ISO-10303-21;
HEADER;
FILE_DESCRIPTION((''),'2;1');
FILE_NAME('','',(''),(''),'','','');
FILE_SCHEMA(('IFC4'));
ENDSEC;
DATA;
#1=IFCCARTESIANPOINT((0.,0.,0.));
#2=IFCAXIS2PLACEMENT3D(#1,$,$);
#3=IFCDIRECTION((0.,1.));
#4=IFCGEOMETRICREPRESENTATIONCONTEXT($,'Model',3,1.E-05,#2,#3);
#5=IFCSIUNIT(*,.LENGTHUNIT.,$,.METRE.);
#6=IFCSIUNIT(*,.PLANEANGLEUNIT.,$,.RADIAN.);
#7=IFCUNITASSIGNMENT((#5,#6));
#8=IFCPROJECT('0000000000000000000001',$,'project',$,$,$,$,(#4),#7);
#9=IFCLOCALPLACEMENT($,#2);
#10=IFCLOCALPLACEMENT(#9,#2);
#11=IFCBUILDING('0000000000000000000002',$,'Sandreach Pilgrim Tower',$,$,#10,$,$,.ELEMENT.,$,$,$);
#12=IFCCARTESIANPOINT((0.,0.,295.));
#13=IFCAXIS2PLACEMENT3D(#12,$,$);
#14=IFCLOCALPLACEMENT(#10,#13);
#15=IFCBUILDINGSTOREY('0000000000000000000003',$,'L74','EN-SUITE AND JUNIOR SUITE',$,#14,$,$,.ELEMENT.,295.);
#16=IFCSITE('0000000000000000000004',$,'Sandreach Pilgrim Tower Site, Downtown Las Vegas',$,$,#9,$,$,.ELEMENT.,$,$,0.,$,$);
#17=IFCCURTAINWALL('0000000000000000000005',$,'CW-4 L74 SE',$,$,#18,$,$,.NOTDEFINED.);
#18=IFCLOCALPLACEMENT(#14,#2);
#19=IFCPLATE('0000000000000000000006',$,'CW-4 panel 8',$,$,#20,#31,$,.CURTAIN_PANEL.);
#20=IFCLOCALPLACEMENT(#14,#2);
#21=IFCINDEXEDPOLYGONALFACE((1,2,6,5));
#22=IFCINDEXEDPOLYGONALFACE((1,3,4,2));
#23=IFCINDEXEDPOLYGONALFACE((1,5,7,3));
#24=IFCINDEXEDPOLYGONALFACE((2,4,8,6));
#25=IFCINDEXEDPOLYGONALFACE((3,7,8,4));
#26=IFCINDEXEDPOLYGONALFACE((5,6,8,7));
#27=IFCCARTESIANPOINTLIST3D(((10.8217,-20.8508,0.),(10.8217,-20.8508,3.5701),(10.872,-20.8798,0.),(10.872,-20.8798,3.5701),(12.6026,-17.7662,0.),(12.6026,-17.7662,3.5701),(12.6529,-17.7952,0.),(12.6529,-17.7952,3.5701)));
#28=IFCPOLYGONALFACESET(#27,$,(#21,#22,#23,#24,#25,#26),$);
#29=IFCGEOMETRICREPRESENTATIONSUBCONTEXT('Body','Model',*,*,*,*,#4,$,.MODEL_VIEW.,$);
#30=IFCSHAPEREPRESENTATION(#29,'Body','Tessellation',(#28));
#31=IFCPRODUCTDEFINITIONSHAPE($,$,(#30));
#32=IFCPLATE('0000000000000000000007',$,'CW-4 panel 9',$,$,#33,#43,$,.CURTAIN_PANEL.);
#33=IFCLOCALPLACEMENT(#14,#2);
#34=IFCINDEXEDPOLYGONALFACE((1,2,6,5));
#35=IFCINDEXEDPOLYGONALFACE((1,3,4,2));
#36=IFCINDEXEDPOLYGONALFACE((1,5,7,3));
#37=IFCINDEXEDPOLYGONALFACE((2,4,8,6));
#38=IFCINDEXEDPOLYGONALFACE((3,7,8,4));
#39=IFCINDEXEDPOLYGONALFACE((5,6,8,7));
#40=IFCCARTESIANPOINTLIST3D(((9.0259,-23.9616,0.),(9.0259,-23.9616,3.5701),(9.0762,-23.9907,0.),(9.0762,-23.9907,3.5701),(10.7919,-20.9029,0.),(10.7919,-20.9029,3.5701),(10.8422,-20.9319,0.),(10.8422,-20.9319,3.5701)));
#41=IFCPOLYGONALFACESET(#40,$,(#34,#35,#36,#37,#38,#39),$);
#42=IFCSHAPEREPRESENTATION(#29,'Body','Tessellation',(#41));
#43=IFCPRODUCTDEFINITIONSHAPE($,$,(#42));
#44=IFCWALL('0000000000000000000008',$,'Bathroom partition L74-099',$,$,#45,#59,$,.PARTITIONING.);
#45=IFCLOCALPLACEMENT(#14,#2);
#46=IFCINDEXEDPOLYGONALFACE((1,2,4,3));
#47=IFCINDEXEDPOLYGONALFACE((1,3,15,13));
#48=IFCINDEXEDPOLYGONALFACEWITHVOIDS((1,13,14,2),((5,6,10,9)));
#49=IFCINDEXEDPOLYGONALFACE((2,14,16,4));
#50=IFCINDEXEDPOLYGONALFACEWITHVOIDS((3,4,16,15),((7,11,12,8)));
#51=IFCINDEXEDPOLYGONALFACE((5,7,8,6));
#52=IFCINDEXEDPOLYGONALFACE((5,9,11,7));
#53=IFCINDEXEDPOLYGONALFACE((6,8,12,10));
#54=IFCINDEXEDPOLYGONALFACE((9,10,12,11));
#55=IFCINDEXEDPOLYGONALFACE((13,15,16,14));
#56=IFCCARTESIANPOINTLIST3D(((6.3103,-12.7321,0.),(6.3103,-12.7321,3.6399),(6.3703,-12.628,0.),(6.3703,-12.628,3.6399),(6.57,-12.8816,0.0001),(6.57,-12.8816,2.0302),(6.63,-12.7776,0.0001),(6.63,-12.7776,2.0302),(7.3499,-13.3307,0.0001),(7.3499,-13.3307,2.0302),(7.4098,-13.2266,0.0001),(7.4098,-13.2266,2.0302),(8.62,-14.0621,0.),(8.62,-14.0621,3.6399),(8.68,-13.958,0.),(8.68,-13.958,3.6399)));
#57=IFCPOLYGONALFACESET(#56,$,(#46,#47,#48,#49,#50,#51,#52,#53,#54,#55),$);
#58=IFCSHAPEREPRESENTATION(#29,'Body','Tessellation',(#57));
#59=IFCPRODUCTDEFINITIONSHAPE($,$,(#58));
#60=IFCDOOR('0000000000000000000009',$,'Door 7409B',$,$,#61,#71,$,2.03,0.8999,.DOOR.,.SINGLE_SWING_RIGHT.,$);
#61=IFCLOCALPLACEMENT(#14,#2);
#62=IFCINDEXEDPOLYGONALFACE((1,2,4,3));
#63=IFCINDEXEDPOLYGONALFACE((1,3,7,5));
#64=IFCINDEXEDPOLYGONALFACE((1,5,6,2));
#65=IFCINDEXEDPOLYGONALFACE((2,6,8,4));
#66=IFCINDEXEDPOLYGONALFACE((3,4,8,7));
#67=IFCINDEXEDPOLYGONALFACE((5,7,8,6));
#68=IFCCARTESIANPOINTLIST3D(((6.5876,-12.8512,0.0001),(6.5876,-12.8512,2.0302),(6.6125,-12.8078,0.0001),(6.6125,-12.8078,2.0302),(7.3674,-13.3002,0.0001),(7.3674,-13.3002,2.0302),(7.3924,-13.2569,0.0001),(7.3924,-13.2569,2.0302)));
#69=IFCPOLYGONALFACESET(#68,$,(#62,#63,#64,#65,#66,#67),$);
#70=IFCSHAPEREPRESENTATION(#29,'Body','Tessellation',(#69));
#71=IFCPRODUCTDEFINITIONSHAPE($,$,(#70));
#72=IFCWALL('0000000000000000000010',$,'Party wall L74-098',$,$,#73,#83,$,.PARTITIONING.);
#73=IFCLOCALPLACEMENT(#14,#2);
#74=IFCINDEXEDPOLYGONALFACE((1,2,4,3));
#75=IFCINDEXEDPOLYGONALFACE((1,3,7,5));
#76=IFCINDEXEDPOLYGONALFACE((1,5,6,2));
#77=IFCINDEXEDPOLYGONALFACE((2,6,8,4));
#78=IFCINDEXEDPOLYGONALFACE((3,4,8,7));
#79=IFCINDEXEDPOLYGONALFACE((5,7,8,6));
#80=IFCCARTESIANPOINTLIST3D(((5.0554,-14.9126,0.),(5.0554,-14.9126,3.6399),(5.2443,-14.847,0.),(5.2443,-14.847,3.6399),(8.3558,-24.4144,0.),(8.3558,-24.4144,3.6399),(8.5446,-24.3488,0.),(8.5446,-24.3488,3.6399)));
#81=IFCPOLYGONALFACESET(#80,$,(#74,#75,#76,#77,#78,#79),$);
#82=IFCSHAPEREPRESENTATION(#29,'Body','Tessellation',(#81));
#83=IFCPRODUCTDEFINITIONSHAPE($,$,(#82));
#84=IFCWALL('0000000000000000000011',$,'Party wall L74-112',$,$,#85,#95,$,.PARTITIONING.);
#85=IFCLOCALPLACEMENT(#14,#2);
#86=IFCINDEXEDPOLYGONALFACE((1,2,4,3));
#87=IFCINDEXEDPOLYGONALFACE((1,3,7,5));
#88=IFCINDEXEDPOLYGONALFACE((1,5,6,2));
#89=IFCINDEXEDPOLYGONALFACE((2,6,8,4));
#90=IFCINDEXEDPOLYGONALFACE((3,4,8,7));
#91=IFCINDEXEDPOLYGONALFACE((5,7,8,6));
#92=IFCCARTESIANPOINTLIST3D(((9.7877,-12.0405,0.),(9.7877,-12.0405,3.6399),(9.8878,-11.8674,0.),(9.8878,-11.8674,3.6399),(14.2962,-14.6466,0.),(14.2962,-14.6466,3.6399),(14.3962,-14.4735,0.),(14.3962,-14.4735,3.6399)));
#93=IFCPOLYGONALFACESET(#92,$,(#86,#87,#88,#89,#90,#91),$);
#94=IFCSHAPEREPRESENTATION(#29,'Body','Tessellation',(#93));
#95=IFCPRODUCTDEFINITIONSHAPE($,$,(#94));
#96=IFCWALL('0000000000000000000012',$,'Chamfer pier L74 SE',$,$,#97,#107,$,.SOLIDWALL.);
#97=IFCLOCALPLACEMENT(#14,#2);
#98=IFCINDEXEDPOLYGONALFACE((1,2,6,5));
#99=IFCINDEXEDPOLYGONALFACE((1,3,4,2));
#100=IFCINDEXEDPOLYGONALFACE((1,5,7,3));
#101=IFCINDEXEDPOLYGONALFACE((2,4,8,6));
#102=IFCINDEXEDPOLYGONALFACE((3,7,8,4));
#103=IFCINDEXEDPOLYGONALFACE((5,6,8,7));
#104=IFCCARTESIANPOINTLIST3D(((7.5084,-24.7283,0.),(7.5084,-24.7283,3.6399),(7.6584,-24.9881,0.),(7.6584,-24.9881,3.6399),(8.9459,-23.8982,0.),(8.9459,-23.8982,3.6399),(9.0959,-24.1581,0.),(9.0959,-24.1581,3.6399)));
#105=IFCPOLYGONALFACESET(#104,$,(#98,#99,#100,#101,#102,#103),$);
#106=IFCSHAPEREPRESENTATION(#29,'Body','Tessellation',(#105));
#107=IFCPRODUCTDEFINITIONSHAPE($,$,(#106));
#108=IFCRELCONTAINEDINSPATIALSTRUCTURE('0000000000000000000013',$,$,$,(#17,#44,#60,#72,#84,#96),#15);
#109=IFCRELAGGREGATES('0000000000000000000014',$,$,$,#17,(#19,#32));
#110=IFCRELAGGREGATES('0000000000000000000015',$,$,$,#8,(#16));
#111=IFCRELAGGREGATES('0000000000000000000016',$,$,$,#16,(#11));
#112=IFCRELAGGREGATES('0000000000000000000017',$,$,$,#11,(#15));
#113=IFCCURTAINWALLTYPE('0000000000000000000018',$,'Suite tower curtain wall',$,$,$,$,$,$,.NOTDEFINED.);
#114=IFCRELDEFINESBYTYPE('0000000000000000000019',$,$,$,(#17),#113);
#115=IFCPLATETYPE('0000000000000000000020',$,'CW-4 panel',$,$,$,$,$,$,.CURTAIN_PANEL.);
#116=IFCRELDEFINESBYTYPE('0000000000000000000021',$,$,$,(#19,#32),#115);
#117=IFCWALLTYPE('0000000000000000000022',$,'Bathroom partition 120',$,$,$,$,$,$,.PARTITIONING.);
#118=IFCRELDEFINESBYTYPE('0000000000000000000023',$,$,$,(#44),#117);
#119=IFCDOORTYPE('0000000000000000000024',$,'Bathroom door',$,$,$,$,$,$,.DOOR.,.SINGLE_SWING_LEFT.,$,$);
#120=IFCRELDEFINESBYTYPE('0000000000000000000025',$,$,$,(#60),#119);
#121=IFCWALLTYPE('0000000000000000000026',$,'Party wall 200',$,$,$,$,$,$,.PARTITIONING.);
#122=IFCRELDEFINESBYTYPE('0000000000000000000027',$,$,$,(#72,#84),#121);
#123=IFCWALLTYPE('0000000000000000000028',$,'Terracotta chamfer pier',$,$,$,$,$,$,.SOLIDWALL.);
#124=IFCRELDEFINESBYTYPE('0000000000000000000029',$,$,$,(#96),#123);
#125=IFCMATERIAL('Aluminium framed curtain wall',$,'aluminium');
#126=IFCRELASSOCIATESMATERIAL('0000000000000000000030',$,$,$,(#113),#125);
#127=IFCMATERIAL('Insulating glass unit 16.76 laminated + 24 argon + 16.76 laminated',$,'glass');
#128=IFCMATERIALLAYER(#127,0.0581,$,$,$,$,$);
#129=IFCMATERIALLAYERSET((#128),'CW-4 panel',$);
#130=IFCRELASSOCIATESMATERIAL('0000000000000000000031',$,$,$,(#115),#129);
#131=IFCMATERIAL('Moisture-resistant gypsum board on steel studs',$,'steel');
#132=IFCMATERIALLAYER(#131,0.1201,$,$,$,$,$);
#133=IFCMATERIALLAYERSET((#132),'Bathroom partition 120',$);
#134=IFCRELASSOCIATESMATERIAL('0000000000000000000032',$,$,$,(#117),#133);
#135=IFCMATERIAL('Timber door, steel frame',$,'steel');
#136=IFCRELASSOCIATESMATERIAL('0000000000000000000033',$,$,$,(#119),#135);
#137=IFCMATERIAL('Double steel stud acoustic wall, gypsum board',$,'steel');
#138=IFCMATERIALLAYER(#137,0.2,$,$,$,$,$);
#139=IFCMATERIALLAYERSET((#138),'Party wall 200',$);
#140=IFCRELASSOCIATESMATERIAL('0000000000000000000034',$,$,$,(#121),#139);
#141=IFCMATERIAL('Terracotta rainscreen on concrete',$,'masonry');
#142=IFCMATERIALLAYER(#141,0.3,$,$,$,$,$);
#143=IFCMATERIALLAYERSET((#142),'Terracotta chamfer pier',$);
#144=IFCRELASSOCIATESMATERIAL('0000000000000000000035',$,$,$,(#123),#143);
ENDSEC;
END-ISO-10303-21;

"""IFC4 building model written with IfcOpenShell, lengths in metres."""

from ifc_helpers import new_model, si_unit, direction, frame, frame_2d, origin, origin_2d, place, context, subcontext, project, spatial, rectangle, extrude, material, layer, layer_set, type_object, element, fill, aggregate, save


model = new_model("IFC4")

# Units and contexts
model_context = context("Model", 3, precision=1e-05, world=origin(), true_north=direction((0.0, 1.0)))
body_context = subcontext(model_context, "Body", "Model", "MODEL_VIEW")
ifc_project = project(units=[si_unit("LENGTHUNIT", "METRE"), si_unit("PLANEANGLEUNIT", "RADIAN")], contexts=[model_context])

# Site, building, storey
site_placement = place(None, origin())
site = spatial("IfcSite", under=ifc_project, at=site_placement, Name="Sandreach Pilgrim Tower Site, Downtown Las Vegas", CompositionType="ELEMENT", RefElevation=0.0)
building_placement = place(site_placement, origin())
building = spatial("IfcBuilding", under=site, at=building_placement, Name="Sandreach Pilgrim Tower", CompositionType="ELEMENT")
storey_placement = place(building_placement, frame((0.0, 0.0, 295.0)))
storey = spatial("IfcBuildingStorey", under=building, at=storey_placement, Name="L74", Description="EN-SUITE AND JUNIOR SUITE", CompositionType="ELEMENT", Elevation=295.0)

# Curtain wall
ifc_material_1 = material(Name="Aluminium framed curtain wall", Category="aluminium")
curtain_wall_type = type_object("IfcCurtainWallType", Name="Suite tower curtain wall", PredefinedType="NOTDEFINED", material=ifc_material_1)
curtain_wall_1_placement = place(storey_placement, origin())
curtain_wall_1 = element("IfcCurtainWall", 1, at=curtain_wall_1_placement, inside=storey, type_object=curtain_wall_type, Name="CW-4 L74 SE", PredefinedType="NOTDEFINED")

# Plates
ifc_material_2 = material(Name="Insulating glass unit 16.76 laminated + 24 argon + 16.76 laminated", Category="glass")
ifc_layer_1 = layer(ifc_material_2, 0.0581)
ifc_layer_set_1 = layer_set([ifc_layer_1], Name="CW-4 panel")
plate_type = type_object("IfcPlateType", Name="CW-4 panel", PredefinedType="CURTAIN_PANEL", material=ifc_layer_set_1)
plate_1_placement = place(storey_placement, frame((11.7373, -19.323, 0.0), z_axis=(0.0, 0.0, 1.0), x_axis=(-0.5, -0.866025, 0.0)))
plate_1 = element("IfcPlate", 2, at=plate_1_placement, type_object=plate_type, Name="CW-4 panel 8", PredefinedType="CURTAIN_PANEL", context=body_context, shape_type="SweptSolid", body=[
    extrude(rectangle(XDim=3.5618, YDim=0.0581, at=origin_2d()), origin(), (0.0, 0.0, 1.0), 3.5701),
])
plate_2_placement = place(storey_placement, frame((9.9341, -22.4468, 0.0), z_axis=(0.0, 0.0, 1.0), x_axis=(-0.5, -0.866025, 0.0)))
plate_2 = element("IfcPlate", 3, at=plate_2_placement, type_object=plate_type, Name="CW-4 panel 9", PredefinedType="CURTAIN_PANEL", context=body_context, shape_type="SweptSolid", body=[
    extrude(rectangle(XDim=3.532, YDim=0.0581, at=origin_2d()), origin(), (0.0, 0.0, 1.0), 3.5701),
])
aggregate(curtain_wall_1, [plate_1, plate_2])

# Wall, opening, door
ifc_material_3 = material(Name="Moisture-resistant gypsum board on steel studs", Category="steel")
ifc_layer_2 = layer(ifc_material_3, 0.1201)
ifc_layer_set_2 = layer_set([ifc_layer_2], Name="Bathroom partition 120")
wall_type_1 = type_object("IfcWallType", Name="Bathroom partition 120", PredefinedType="PARTITIONING", material=ifc_layer_set_2)
wall_1_placement = place(storey_placement, frame((8.6499, -14.01, 0.0), z_axis=(0.0, 0.0, 1.0), x_axis=(-0.866592, 0.499017, 0.0)))
wall_1 = element("IfcWall", 4, at=wall_1_placement, inside=storey, type_object=wall_type_1, Name="Bathroom partition L74-099", PredefinedType="PARTITIONING", context=body_context, shape_type="SweptSolid", body=[
    extrude(rectangle(XDim=2.6653, YDim=0.1201, at=frame_2d((1.3325, 0.0))), origin(), (0.0, 0.0, 1.0), 3.6399),
])
opening_placement = place(wall_1_placement, frame((1.4656, 0.0, 0.0)))
opening = element("IfcOpeningElement", 5, at=opening_placement, cuts=wall_1, PredefinedType="OPENING", context=body_context, shape_type="SweptSolid", body=[
    extrude(rectangle(XDim=0.8999, YDim=2.03, at=frame_2d((0.45, 1.0151))), frame((0.0, 0.0601, 0.0), z_axis=(0.0, -1.0, 0.0), x_axis=(1.0, 0.0, 0.0)), (0.0, 0.0, 1.0), 0.1201),
])
ifc_material_4 = material(Name="Timber door, steel frame", Category="steel")
door_type = type_object("IfcDoorType", Name="Bathroom door", OperationType="SINGLE_SWING_LEFT", PredefinedType="DOOR", material=ifc_material_4)
door_placement = place(opening_placement, origin())
door = element("IfcDoor", 6, at=door_placement, inside=storey, type_object=door_type, Name="Door 7409B", OperationType="SINGLE_SWING_RIGHT", OverallHeight=2.03, OverallWidth=0.8999, PredefinedType="DOOR", context=body_context, shape_type="SweptSolid", body=[
    extrude(rectangle(XDim=0.8999, YDim=2.03, at=frame_2d((0.45, 1.0151))), frame((0.0, 0.0249, 0.0), z_axis=(0.0, -1.0, 0.0), x_axis=(1.0, 0.0, 0.0)), (0.0, 0.0, 1.0), 0.05),
])
fill(opening, door)

# Walls
ifc_material_5 = material(Name="Double steel stud acoustic wall, gypsum board", Category="steel")
ifc_layer_3 = layer(ifc_material_5, 0.2)
ifc_layer_set_3 = layer_set([ifc_layer_3], Name="Party wall 200")
wall_type_2 = type_object("IfcWallType", Name="Party wall 200", PredefinedType="PARTITIONING", material=ifc_layer_set_3)
wall_2_placement = place(storey_placement, frame((8.4502, -24.3816, 0.0), z_axis=(0.0, 0.0, 1.0), x_axis=(-0.328108, 0.94464, 0.0)))
element("IfcWall", 7, at=wall_2_placement, inside=storey, type_object=wall_type_2, Name="Party wall L74-098", PredefinedType="PARTITIONING", context=body_context, shape_type="SweptSolid", body=[
    extrude(rectangle(XDim=10.0586, YDim=0.2, at=frame_2d((5.0293, 0.0))), origin(), (0.0, 0.0, 1.0), 3.6399),
])
wall_3_placement = place(storey_placement, frame((14.3462, -14.5601, 0.0), z_axis=(0.0, 0.0, 1.0), x_axis=(-0.86576, 0.50046, 0.0)))
element("IfcWall", 8, at=wall_3_placement, inside=storey, type_object=wall_type_2, Name="Party wall L74-112", PredefinedType="PARTITIONING", context=body_context, shape_type="SweptSolid", body=[
    extrude(rectangle(XDim=5.2075, YDim=0.2, at=frame_2d((2.6038, 0.0))), origin(), (0.0, 0.0, 1.0), 3.6399),
])
ifc_material_6 = material(Name="Terracotta rainscreen on concrete", Category="masonry")
ifc_layer_4 = layer(ifc_material_6, 0.3)
ifc_layer_set_4 = layer_set([ifc_layer_4], Name="Terracotta chamfer pier")
wall_type_3 = type_object("IfcWallType", Name="Terracotta chamfer pier", PredefinedType="SOLIDWALL", material=ifc_layer_set_4)
wall_4_placement = place(storey_placement, frame((9.021, -24.0281, 0.0), z_axis=(0.0, 0.0, 1.0), x_axis=(-0.86599, -0.500062, 0.0)))
element("IfcWall", 9, at=wall_4_placement, inside=storey, type_object=wall_type_3, Name="Chamfer pier L74 SE", PredefinedType="SOLIDWALL", context=body_context, shape_type="SweptSolid", body=[
    extrude(rectangle(XDim=1.6599, YDim=0.3, at=frame_2d((0.8301, 0.0))), origin(), (0.0, 0.0, 1.0), 3.6399),
])

save(model, "model.ifc")
